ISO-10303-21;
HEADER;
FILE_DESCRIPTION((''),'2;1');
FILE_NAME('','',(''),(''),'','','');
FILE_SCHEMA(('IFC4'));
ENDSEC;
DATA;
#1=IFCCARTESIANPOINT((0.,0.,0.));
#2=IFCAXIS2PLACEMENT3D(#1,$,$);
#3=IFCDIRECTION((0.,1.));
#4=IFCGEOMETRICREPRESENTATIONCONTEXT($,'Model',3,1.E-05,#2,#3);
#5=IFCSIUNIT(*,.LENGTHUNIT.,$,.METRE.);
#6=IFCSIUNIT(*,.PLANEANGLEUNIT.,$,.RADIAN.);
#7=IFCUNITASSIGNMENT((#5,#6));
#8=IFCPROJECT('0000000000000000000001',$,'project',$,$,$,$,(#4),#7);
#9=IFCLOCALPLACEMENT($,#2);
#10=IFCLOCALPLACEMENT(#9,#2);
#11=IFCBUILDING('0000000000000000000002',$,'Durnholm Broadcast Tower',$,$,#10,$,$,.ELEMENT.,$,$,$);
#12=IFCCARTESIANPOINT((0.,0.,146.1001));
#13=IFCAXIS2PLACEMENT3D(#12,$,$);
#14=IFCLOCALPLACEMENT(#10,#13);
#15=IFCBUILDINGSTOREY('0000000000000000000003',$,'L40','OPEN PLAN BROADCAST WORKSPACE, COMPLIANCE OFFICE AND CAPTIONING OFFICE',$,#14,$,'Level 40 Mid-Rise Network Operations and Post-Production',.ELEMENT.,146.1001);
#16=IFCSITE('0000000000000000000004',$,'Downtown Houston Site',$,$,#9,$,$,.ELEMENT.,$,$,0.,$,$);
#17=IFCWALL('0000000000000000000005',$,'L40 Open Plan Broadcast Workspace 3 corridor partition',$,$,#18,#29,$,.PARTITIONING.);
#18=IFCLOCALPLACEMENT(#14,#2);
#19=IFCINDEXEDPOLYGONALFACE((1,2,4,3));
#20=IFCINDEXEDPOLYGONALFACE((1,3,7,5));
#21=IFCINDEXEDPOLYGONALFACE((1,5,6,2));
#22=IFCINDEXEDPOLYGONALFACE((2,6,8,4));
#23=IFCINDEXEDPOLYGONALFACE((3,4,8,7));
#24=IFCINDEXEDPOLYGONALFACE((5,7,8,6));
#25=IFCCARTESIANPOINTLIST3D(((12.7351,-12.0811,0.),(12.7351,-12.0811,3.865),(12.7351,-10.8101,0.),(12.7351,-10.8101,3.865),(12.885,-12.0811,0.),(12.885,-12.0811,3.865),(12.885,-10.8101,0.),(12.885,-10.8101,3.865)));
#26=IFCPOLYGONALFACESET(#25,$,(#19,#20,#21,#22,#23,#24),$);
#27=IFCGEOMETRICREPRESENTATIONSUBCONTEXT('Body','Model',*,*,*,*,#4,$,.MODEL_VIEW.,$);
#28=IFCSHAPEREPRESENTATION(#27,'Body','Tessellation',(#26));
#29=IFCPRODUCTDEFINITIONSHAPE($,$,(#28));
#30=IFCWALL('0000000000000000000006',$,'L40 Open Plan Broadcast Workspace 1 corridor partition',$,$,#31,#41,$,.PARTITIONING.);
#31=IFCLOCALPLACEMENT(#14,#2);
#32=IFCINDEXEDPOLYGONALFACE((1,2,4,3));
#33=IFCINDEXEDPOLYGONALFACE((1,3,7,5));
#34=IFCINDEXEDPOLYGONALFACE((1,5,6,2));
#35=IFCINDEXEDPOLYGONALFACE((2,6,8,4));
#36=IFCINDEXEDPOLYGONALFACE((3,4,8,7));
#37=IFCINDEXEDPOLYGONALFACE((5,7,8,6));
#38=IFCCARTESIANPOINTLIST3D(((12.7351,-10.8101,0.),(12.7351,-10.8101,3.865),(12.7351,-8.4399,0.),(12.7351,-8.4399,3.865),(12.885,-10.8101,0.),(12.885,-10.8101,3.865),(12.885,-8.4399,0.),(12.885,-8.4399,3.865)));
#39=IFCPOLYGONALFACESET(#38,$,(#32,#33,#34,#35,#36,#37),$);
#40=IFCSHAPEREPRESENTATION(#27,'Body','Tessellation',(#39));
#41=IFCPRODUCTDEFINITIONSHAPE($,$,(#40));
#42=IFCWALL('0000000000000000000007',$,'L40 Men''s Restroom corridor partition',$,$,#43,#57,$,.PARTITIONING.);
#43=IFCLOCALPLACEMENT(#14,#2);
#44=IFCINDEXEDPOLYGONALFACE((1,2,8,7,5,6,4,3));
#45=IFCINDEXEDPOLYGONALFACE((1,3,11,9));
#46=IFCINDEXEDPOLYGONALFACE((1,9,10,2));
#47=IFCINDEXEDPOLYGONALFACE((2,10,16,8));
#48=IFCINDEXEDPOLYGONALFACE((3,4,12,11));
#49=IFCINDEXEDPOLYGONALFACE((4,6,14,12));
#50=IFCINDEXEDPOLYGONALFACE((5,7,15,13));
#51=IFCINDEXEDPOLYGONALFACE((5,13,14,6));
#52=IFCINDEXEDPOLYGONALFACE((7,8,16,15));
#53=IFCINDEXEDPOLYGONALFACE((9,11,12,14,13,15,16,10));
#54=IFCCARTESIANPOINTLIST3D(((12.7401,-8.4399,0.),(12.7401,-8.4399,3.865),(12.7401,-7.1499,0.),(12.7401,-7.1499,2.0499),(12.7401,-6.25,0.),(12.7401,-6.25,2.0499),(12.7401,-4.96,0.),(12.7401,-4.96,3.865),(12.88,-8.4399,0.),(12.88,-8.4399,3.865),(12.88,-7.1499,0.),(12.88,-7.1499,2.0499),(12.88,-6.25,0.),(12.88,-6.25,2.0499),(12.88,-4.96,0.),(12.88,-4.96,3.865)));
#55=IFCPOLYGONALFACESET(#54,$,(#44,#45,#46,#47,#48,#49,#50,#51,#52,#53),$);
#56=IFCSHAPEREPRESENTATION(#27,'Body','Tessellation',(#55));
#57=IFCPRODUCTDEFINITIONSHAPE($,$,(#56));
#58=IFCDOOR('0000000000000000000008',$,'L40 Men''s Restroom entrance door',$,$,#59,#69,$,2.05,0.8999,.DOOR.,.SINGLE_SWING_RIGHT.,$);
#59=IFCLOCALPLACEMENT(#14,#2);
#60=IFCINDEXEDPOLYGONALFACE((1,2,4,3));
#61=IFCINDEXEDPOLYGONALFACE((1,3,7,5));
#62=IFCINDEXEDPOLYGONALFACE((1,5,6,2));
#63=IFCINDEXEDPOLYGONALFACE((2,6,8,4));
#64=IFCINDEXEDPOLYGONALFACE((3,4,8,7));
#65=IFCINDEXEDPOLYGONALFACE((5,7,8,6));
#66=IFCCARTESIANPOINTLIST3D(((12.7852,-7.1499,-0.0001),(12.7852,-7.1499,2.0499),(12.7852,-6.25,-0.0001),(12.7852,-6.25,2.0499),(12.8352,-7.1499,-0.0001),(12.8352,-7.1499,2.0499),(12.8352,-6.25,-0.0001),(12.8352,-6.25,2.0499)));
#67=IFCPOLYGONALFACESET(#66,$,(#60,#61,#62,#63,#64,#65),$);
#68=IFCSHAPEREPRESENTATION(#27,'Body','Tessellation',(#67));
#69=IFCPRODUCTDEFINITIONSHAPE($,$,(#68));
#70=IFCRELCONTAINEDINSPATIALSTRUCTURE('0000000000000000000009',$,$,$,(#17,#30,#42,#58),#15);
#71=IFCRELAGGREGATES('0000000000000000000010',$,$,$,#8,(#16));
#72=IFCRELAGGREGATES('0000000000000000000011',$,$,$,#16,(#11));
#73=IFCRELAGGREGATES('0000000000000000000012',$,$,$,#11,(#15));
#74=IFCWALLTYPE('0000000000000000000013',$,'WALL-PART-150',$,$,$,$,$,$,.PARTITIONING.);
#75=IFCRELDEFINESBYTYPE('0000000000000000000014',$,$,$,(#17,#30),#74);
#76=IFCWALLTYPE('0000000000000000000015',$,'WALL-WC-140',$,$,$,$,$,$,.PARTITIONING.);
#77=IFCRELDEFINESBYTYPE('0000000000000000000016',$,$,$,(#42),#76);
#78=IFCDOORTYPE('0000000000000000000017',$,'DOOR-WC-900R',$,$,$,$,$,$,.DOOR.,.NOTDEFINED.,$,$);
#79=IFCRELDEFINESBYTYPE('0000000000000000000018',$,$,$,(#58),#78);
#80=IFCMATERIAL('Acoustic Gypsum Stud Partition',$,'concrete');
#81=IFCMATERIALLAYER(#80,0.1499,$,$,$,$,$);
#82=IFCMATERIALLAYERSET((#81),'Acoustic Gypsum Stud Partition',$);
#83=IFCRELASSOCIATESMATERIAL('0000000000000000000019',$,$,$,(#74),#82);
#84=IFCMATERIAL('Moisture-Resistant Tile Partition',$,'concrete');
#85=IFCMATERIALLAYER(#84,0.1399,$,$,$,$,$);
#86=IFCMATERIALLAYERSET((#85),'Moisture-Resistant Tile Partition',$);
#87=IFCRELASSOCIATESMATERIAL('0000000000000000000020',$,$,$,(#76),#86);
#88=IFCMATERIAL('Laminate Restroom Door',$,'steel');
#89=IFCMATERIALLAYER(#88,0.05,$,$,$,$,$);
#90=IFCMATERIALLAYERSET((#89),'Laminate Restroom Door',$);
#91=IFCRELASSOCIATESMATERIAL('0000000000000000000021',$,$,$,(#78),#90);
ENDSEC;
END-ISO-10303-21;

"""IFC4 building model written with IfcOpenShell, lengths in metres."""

from ifc_helpers import new_model, si_unit, direction, frame, frame_2d, origin, place, context, subcontext, project, spatial, rectangle, extrude, source, transform, mapped, material, layer, layer_set, type_object, type_shapes, element, fill, save


model = new_model("IFC4")

# Units and contexts
model_context = context("Model", 3, precision=1e-05, world=origin(), true_north=direction((0.0, 1.0)))
body_context = subcontext(model_context, "Body", "Model", "MODEL_VIEW")
ifc_project = project(units=[si_unit("LENGTHUNIT", "METRE"), si_unit("PLANEANGLEUNIT", "RADIAN")], contexts=[model_context])

# Site, building, storey
site_placement = place(None, origin())
site = spatial("IfcSite", under=ifc_project, at=site_placement, Name="Downtown Houston Site", CompositionType="ELEMENT", RefElevation=0.0)
building_placement = place(site_placement, origin())
building = spatial("IfcBuilding", under=site, at=building_placement, Name="Durnholm Broadcast Tower", CompositionType="ELEMENT")
storey_placement = place(building_placement, frame((0.0, 0.0, 146.1001)))
storey = spatial("IfcBuildingStorey", under=building, at=storey_placement, Name="L40", Description="OPEN PLAN BROADCAST WORKSPACE, COMPLIANCE OFFICE AND CAPTIONING OFFICE", LongName="Level 40 Mid-Rise Network Operations and Post-Production", CompositionType="ELEMENT", Elevation=146.1001)

# Walls
ifc_material_1 = material(Name="Acoustic Gypsum Stud Partition", Category="concrete")
ifc_layer_1 = layer(ifc_material_1, 0.1499)
ifc_layer_set_1 = layer_set([ifc_layer_1], Name="Acoustic Gypsum Stud Partition")
wall_type_1 = type_object("IfcWallType", Name="WALL-PART-150", PredefinedType="PARTITIONING", material=ifc_layer_set_1)
wall_1_placement = place(storey_placement, frame((12.8101, -12.0811, 0.0), z_axis=(0.0, 0.0, 1.0), x_axis=(0.0, 1.0, 0.0)))
element("IfcWall", 1, at=wall_1_placement, inside=storey, type_object=wall_type_1, Name="L40 Open Plan Broadcast Workspace 3 corridor partition", PredefinedType="PARTITIONING", context=body_context, shape_type="SweptSolid", body=[
    extrude(rectangle(XDim=1.271, YDim=0.1499, at=frame_2d((0.6355, 0.0))), origin(), (0.0, 0.0, 1.0), 3.865),
])
wall_2_placement = place(storey_placement, frame((12.8101, -10.8101, 0.0), z_axis=(0.0, 0.0, 1.0), x_axis=(0.0, 1.0, 0.0)))
element("IfcWall", 2, at=wall_2_placement, inside=storey, type_object=wall_type_1, Name="L40 Open Plan Broadcast Workspace 1 corridor partition", PredefinedType="PARTITIONING", context=body_context, shape_type="SweptSolid", body=[
    extrude(rectangle(XDim=2.3701, YDim=0.1499, at=frame_2d((1.1851, 0.0))), origin(), (0.0, 0.0, 1.0), 3.865),
])

# Wall, opening, door
ifc_material_2 = material(Name="Moisture-Resistant Tile Partition", Category="concrete")
ifc_layer_2 = layer(ifc_material_2, 0.1399)
ifc_layer_set_2 = layer_set([ifc_layer_2], Name="Moisture-Resistant Tile Partition")
wall_type_2 = type_object("IfcWallType", Name="WALL-WC-140", PredefinedType="PARTITIONING", material=ifc_layer_set_2)
wall_3_placement = place(storey_placement, frame((12.8101, -8.4399, 0.0), z_axis=(0.0, 0.0, 1.0), x_axis=(0.0, 1.0, 0.0)))
wall_3 = element("IfcWall", 3, at=wall_3_placement, inside=storey, type_object=wall_type_2, Name="L40 Men's Restroom corridor partition", PredefinedType="PARTITIONING", context=body_context, shape_type="SweptSolid", body=[
    extrude(rectangle(XDim=3.48, YDim=0.1399, at=frame_2d((1.74, 0.0))), origin(), (0.0, 0.0, 1.0), 3.865),
])
opening_placement = place(wall_3_placement, frame((1.29, 0.0, 0.0)))
opening = element("IfcOpeningElement", 4, at=opening_placement, cuts=wall_3, PredefinedType="OPENING", context=body_context, shape_type="SweptSolid", body=[
    extrude(rectangle(XDim=0.8999, YDim=2.05, at=frame_2d((0.45, 1.0249))), frame((0.0, 0.0801, 0.0), z_axis=(0.0, -1.0, 0.0), x_axis=(1.0, 0.0, 0.0)), (0.0, 0.0, 1.0), 0.1599),
])
ifc_material_3 = material(Name="Laminate Restroom Door", Category="steel")
ifc_layer_3 = layer(ifc_material_3, 0.05)
ifc_layer_set_3 = layer_set([ifc_layer_3], Name="Laminate Restroom Door")
door_type = type_object("IfcDoorType", Name="DOOR-WC-900R", OperationType="NOTDEFINED", PredefinedType="DOOR", material=ifc_layer_set_3)
shared_shape_1 = source(origin(), body_context, "Body", "SweptSolid", [
    extrude(rectangle(XDim=0.8999, YDim=2.05, at=frame_2d((0.45, 1.0249))), frame((0.0, 0.0249, 0.0), z_axis=(0.0, -1.0, 0.0), x_axis=(1.0, 0.0, 0.0)), (0.0, 0.0, 1.0), 0.05),
])
type_shapes(door_type, [shared_shape_1])
door_placement = place(opening_placement, origin())
door = element("IfcDoor", 5, at=door_placement, inside=storey, type_object=door_type, Name="L40 Men's Restroom entrance door", OperationType="SINGLE_SWING_RIGHT", OverallHeight=2.05, OverallWidth=0.8999, PredefinedType="DOOR", context=body_context, shape_type="MappedRepresentation", body=[
    mapped(shared_shape_1, transform((0.0, 0.0, 0.0), x_axis=(1.0, 0.0, 0.0), y_axis=(0.0, 1.0, 0.0), z_axis=(0.0, 0.0, 1.0), scale=1.0)),
])
fill(opening, door)

save(model, "model.ifc")
